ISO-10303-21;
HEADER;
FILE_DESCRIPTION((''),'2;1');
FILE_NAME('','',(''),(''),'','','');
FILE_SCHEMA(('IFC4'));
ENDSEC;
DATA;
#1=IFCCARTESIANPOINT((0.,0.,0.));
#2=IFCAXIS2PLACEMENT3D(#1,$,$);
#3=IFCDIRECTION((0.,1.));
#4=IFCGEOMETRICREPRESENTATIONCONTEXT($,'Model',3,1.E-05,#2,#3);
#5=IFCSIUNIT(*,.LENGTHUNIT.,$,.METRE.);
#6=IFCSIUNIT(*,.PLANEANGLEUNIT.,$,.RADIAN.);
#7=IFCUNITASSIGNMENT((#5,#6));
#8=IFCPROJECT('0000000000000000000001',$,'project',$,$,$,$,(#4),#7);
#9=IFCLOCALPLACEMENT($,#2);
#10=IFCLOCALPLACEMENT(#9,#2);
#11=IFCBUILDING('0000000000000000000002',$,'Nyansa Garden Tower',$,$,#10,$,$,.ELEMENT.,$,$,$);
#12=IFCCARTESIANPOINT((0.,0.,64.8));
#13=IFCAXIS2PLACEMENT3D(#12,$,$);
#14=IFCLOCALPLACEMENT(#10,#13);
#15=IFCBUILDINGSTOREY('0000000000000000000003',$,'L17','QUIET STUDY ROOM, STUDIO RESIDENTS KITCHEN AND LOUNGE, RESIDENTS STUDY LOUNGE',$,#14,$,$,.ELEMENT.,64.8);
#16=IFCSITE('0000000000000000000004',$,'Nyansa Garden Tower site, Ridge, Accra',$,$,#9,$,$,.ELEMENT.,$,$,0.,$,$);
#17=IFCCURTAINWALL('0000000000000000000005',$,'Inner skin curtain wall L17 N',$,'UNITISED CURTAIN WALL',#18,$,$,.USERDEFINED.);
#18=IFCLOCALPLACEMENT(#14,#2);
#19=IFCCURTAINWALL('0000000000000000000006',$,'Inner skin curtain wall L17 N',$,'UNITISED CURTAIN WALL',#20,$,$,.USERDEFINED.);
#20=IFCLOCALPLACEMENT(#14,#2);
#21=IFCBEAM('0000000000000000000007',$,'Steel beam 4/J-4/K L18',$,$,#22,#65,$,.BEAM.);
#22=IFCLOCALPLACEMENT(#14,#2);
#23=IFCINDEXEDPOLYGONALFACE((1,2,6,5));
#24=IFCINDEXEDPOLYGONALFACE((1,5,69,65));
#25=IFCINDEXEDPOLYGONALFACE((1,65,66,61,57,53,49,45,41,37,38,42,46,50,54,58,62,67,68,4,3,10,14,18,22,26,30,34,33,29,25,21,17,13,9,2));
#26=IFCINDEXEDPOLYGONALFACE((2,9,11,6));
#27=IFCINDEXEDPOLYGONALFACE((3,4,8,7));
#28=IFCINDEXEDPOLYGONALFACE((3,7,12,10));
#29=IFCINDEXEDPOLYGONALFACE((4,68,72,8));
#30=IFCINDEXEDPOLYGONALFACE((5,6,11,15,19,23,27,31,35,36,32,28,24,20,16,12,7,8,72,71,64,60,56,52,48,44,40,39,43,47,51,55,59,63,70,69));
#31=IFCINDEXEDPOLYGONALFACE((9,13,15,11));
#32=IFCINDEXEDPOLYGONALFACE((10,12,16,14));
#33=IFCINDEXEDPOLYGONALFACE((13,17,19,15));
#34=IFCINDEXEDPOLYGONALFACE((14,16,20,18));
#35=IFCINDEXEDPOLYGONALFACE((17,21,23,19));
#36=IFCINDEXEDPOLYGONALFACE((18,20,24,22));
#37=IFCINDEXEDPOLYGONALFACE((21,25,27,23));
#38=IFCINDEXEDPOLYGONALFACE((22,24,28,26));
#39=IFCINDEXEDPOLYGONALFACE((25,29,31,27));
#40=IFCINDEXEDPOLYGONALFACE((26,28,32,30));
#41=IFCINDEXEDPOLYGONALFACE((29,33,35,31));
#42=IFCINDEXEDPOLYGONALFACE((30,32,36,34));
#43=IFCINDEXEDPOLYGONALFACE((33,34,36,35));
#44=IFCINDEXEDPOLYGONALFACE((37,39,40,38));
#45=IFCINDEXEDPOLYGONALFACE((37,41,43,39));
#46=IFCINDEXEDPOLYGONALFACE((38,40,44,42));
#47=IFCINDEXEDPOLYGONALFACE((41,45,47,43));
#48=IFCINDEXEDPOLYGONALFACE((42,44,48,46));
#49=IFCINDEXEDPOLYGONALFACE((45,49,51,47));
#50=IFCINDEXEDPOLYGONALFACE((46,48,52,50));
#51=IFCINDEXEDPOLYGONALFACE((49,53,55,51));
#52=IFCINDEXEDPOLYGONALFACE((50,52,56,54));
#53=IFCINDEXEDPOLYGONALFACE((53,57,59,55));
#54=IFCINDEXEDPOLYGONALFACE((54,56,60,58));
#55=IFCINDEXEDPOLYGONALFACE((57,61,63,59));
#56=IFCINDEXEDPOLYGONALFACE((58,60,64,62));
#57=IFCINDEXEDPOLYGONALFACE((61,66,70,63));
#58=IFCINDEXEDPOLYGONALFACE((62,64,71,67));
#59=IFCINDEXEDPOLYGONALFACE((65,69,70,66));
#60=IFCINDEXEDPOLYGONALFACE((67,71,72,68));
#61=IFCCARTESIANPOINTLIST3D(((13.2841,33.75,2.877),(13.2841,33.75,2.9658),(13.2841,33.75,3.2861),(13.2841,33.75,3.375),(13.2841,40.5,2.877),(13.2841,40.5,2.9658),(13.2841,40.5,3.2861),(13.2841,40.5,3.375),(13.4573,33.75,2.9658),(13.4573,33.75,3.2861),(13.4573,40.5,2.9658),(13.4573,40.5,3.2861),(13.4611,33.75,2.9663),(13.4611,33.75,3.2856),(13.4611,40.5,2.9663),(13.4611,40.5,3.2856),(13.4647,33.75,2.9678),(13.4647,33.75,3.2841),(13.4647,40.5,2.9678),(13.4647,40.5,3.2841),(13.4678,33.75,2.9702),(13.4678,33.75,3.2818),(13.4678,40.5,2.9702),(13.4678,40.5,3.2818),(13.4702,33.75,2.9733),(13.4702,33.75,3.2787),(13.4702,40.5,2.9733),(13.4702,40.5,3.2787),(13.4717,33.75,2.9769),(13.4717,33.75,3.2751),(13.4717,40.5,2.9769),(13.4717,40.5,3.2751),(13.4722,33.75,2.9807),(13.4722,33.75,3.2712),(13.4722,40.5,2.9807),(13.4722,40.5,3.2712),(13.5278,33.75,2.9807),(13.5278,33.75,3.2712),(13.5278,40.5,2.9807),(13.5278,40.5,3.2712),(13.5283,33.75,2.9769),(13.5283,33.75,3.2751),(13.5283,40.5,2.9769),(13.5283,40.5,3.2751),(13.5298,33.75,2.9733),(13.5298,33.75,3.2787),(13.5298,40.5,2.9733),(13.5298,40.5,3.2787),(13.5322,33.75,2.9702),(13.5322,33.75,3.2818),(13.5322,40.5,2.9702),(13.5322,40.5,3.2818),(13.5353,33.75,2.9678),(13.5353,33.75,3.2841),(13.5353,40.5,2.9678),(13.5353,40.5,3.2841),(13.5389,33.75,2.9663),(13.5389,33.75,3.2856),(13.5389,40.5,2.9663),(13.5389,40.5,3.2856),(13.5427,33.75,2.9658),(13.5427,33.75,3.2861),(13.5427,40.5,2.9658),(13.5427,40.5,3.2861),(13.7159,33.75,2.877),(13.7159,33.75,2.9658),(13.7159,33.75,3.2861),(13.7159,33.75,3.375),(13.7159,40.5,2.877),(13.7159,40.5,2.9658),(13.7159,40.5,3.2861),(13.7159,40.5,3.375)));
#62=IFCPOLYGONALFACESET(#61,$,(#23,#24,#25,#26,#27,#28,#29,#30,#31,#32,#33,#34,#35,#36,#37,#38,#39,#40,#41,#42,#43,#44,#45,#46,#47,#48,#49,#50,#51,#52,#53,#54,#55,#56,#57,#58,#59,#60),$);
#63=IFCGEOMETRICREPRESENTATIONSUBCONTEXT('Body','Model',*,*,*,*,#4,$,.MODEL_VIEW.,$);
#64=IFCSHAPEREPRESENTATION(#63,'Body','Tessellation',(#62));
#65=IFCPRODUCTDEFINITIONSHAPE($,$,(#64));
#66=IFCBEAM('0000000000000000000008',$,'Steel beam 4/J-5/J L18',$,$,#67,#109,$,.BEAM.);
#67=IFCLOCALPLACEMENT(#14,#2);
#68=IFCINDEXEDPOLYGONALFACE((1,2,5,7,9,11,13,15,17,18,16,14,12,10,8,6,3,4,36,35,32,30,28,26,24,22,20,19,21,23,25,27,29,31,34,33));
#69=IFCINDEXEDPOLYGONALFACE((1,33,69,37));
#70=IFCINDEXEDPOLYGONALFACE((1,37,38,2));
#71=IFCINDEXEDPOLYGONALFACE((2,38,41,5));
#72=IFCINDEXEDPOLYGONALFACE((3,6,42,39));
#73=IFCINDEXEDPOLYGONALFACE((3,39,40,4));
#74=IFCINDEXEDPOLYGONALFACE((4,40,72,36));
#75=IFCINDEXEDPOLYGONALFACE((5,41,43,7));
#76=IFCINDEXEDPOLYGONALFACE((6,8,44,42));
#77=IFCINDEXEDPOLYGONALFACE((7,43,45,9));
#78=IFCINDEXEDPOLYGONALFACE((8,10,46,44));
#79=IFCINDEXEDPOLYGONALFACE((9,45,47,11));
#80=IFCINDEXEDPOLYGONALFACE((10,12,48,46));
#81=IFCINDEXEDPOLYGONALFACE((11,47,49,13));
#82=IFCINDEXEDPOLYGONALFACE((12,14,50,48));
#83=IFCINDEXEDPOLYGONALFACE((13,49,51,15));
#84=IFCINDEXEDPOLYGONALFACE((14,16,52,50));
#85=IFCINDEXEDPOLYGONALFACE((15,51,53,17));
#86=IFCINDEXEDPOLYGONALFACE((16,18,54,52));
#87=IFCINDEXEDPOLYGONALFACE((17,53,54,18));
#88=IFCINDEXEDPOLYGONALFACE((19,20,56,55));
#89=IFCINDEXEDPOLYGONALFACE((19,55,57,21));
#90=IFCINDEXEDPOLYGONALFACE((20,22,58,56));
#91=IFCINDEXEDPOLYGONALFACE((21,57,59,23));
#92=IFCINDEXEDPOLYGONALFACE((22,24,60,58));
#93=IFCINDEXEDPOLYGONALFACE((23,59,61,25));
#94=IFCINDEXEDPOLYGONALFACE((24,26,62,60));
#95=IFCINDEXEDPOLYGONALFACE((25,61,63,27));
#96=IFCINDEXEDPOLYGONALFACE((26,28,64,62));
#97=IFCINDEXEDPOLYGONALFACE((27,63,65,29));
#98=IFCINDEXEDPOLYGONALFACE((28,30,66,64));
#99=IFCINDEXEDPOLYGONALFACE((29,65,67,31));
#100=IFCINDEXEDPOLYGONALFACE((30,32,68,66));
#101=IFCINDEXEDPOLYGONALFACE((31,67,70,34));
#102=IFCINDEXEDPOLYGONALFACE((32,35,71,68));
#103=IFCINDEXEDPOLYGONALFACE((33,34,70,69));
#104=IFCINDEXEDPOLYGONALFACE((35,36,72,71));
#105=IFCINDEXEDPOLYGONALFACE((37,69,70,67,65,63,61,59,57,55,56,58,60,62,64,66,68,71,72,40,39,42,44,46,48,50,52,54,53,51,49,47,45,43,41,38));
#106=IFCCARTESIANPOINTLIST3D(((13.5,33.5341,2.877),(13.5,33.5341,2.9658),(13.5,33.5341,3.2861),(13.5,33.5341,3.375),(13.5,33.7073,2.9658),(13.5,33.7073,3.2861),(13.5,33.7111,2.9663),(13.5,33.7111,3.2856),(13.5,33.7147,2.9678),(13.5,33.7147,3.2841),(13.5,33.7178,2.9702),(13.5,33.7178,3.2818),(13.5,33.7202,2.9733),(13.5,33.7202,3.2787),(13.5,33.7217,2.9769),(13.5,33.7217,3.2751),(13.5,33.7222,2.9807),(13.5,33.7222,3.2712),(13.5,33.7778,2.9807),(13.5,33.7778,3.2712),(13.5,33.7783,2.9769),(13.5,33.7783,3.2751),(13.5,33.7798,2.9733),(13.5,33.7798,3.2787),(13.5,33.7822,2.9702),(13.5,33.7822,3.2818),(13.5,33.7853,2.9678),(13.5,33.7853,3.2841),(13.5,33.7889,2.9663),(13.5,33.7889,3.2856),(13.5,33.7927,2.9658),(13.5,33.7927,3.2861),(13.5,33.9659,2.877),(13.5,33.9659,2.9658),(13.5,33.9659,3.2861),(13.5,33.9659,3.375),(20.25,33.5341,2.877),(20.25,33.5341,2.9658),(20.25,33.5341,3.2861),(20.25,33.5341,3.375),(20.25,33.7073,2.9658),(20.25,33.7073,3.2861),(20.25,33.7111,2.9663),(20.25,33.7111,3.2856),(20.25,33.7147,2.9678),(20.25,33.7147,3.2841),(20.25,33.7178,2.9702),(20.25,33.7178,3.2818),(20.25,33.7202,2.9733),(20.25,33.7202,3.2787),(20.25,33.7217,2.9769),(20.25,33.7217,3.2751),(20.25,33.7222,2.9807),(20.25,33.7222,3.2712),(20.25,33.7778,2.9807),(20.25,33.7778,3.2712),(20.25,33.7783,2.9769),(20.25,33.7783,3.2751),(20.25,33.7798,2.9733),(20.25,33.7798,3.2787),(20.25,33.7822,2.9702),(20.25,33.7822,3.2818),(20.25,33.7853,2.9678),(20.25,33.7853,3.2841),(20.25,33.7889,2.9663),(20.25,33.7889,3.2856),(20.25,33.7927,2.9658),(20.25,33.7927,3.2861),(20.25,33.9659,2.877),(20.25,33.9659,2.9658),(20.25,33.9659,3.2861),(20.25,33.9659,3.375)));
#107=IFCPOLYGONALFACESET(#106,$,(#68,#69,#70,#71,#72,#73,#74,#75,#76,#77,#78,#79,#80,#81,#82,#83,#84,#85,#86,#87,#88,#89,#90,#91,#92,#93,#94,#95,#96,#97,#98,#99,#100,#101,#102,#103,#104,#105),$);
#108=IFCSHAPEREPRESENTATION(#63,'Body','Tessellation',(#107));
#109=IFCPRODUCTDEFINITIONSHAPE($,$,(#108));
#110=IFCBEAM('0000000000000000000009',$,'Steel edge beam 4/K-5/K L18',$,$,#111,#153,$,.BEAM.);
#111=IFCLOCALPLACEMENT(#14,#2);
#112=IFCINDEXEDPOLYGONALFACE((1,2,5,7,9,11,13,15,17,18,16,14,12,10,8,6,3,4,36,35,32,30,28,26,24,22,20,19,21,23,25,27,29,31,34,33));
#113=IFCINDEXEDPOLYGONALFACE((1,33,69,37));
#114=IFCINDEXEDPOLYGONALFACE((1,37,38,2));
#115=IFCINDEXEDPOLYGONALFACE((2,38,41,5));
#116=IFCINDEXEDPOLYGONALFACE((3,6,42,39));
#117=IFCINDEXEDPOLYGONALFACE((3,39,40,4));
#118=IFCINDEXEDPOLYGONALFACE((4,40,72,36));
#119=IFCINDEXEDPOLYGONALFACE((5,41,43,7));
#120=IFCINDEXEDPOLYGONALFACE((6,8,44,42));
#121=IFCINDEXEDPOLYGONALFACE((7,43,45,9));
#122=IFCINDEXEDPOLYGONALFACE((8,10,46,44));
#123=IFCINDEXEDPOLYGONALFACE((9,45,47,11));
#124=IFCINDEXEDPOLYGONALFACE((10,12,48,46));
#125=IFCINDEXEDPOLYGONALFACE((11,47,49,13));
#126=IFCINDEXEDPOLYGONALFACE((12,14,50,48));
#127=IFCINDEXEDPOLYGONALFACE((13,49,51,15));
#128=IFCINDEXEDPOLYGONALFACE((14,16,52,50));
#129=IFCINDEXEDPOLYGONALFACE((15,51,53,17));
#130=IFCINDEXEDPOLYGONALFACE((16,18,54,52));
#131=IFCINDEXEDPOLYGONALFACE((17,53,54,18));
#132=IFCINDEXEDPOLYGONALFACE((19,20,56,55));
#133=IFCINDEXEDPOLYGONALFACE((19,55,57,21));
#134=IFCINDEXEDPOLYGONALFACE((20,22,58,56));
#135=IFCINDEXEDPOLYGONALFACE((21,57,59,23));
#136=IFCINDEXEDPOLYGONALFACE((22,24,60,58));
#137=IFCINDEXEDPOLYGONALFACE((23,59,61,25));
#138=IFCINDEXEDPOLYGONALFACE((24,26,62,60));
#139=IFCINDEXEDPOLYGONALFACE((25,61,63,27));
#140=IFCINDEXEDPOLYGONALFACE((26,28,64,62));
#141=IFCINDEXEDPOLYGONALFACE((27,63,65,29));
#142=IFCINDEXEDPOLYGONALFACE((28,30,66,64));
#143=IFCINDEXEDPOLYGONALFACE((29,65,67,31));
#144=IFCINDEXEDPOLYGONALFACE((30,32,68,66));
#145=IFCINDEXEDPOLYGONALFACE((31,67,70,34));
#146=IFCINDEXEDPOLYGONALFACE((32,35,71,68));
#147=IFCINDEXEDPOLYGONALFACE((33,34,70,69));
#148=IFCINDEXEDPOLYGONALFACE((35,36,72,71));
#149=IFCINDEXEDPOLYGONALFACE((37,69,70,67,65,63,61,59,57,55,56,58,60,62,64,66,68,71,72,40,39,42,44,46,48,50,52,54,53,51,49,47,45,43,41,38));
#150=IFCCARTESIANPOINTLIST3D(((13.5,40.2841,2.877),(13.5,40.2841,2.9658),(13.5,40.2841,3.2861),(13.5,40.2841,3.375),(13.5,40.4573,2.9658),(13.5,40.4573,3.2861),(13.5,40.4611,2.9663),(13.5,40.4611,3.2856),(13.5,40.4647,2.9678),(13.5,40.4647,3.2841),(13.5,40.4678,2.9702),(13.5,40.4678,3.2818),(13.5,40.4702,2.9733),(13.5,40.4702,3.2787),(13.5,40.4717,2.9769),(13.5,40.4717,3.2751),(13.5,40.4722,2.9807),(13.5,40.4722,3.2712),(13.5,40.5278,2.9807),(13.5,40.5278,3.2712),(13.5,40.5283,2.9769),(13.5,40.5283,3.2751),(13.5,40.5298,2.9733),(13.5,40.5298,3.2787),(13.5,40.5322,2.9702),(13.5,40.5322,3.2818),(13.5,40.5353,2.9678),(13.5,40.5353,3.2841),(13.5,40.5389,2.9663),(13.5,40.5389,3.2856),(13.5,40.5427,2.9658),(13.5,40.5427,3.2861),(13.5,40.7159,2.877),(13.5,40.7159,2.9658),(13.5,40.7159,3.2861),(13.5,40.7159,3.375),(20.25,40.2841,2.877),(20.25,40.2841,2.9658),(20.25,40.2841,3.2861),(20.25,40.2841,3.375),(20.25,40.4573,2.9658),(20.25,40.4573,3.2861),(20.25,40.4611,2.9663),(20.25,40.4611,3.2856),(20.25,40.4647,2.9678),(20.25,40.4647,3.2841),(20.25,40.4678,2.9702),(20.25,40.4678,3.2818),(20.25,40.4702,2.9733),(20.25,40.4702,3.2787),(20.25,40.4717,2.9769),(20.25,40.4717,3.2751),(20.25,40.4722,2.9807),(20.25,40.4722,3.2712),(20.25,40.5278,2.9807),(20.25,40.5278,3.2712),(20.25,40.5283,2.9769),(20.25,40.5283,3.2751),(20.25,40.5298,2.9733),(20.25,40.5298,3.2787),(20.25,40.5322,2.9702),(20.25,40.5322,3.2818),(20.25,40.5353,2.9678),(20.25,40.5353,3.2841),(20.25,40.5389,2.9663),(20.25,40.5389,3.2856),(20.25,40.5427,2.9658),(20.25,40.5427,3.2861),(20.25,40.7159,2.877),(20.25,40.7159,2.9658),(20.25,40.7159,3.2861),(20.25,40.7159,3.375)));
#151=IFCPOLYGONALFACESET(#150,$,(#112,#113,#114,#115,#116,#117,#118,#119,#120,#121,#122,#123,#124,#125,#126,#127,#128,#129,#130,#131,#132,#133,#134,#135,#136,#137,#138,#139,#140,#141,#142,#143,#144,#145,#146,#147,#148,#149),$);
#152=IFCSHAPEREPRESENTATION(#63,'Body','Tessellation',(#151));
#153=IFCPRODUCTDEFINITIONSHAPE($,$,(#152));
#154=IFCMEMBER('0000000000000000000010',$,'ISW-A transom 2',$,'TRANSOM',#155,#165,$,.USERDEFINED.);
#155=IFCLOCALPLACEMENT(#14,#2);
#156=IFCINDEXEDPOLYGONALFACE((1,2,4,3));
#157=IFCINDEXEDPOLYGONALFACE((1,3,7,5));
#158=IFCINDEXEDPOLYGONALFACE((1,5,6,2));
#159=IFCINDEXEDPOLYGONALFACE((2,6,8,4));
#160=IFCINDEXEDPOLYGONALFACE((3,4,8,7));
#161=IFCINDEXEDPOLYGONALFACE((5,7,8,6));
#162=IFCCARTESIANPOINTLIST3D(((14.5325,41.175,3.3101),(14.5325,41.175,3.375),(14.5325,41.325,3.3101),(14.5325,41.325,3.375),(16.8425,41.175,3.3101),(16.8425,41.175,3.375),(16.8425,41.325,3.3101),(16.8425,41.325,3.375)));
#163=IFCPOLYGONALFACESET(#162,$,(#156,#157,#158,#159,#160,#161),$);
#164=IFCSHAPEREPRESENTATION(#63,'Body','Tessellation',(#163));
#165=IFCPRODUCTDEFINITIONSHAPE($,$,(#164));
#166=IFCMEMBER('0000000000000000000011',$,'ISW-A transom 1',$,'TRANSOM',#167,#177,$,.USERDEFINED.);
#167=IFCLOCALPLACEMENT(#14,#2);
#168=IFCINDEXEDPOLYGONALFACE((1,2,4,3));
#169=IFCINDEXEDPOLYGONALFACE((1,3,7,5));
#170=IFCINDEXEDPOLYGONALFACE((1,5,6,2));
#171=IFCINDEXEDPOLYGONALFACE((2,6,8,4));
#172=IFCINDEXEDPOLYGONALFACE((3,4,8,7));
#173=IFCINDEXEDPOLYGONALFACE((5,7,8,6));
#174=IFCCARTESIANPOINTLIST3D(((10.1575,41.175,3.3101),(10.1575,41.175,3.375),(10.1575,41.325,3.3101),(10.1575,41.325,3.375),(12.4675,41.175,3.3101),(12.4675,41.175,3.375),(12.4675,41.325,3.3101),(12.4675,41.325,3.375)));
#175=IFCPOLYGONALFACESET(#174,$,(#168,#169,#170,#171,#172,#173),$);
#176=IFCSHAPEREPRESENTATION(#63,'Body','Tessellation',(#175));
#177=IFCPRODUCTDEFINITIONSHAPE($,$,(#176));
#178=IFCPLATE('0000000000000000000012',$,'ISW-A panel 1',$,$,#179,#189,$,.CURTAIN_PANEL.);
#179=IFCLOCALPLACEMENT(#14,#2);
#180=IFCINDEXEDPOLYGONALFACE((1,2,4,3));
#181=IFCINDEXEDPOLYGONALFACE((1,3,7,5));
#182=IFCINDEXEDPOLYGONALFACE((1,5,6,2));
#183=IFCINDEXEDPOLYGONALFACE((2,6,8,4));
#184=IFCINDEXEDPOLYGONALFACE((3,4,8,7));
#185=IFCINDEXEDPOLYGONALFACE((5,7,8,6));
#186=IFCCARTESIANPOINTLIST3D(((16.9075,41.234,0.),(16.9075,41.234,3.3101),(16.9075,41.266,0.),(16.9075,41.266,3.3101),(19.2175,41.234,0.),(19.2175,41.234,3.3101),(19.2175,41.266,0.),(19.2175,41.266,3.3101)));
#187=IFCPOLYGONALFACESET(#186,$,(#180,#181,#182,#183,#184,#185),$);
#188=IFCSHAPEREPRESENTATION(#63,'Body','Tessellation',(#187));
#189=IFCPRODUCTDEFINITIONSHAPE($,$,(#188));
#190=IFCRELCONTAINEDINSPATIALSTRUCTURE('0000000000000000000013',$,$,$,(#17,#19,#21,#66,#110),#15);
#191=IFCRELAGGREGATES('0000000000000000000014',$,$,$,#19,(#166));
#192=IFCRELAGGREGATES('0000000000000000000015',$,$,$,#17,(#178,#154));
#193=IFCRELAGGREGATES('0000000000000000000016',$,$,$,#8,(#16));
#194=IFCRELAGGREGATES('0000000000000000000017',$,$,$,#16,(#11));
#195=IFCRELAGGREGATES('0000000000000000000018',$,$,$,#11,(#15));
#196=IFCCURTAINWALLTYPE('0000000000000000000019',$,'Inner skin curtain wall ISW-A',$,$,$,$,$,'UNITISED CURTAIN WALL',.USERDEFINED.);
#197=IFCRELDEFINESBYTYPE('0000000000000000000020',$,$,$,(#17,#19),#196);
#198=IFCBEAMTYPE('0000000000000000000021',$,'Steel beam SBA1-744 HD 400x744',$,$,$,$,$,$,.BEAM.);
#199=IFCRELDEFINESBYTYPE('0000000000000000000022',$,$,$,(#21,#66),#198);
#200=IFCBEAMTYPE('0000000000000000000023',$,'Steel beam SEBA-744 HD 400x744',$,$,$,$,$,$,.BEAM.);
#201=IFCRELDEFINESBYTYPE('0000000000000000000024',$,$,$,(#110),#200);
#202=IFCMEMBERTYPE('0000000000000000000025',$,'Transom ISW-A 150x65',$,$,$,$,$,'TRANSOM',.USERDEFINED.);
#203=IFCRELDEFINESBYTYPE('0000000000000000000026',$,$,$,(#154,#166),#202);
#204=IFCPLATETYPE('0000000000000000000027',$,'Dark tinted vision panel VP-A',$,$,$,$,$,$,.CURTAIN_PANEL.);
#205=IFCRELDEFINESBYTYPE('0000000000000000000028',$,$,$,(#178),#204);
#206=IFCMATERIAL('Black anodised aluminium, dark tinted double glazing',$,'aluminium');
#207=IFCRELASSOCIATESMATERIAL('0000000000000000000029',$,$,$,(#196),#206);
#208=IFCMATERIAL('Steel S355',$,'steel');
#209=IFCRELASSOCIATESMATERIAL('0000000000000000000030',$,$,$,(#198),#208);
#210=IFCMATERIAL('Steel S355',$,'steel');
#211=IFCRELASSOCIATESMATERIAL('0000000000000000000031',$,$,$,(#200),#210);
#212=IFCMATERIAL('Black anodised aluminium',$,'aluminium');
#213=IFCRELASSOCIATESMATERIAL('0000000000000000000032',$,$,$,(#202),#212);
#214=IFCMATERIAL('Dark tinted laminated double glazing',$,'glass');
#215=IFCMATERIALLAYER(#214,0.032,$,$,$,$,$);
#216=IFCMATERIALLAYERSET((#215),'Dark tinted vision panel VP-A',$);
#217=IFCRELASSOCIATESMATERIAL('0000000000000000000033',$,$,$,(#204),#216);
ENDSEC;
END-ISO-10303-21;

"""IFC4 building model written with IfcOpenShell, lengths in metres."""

from ifc_helpers import new_model, si_unit, direction, frame, origin, origin_2d, place, context, subcontext, project, spatial, rectangle, i_section, extrude, material, layer, layer_set, material_profile, profile_set, type_object, element, aggregate, save


model = new_model("IFC4")

# Units and contexts
model_context = context("Model", 3, precision=1e-05, world=origin(), true_north=direction((0.0, 1.0)))
body_context = subcontext(model_context, "Body", "Model", "MODEL_VIEW")
ifc_project = project(units=[si_unit("LENGTHUNIT", "METRE"), si_unit("PLANEANGLEUNIT", "RADIAN")], contexts=[model_context])

# Site, building, storey
site_placement = place(None, origin())
site = spatial("IfcSite", under=ifc_project, at=site_placement, Name="Nyansa Garden Tower site, Ridge, Accra", CompositionType="ELEMENT", RefElevation=0.0)
building_placement = place(site_placement, origin())
building = spatial("IfcBuilding", under=site, at=building_placement, Name="Nyansa Garden Tower", CompositionType="ELEMENT")
storey_placement = place(building_placement, frame((0.0, 0.0, 64.8)))
storey = spatial("IfcBuildingStorey", under=building, at=storey_placement, Name="L17", Description="QUIET STUDY ROOM, STUDIO RESIDENTS KITCHEN AND LOUNGE, RESIDENTS STUDY LOUNGE", CompositionType="ELEMENT", Elevation=64.8)

# Curtain wall
ifc_material_1 = material(Name="Black anodised aluminium, dark tinted double glazing", Category="aluminium")
curtain_wall_type = type_object("IfcCurtainWallType", Name="Inner skin curtain wall ISW-A", ElementType="UNITISED CURTAIN WALL", PredefinedType="USERDEFINED", material=ifc_material_1)
curtain_wall_1_placement = place(storey_placement, origin())
curtain_wall_1 = element("IfcCurtainWall", 1, at=curtain_wall_1_placement, inside=storey, type_object=curtain_wall_type, Name="Inner skin curtain wall L17 N", ObjectType="UNITISED CURTAIN WALL", PredefinedType="USERDEFINED")

# Curtain wall
curtain_wall_2_placement = place(storey_placement, origin())
curtain_wall_2 = element("IfcCurtainWall", 2, at=curtain_wall_2_placement, inside=storey, type_object=curtain_wall_type, Name="Inner skin curtain wall L17 N", ObjectType="UNITISED CURTAIN WALL", PredefinedType="USERDEFINED")

# Beams
ifc_material_2 = material(Name="Steel S355", Category="steel")
ifc_material_profile_1 = material_profile(ifc_material_2, i_section(OverallWidth=0.4319, OverallDepth=0.498, WebThickness=0.0557, FlangeThickness=0.0889, FilletRadius=0.0149, at=origin_2d()), Name="HD 400x744")
ifc_profile_set_1 = profile_set([ifc_material_profile_1], Name="Steel S355")
beam_type_1 = type_object("IfcBeamType", Name="Steel beam SBA1-744 HD 400x744", PredefinedType="BEAM", material=ifc_profile_set_1)
for number, where, z_axis, x_axis, name in (
    (3, (13.5, 33.75, 3.126), (0.0, 1.0, 0.0), (-1.0, 0.0, 0.0), "Steel beam 4/J-4/K L18"),
    (4, (13.5, 33.75, 3.126), (1.0, 0.0, 0.0), (0.0, 1.0, 0.0), "Steel beam 4/J-5/J L18"),
):
    element("IfcBeam", number, at=place(storey_placement, frame(where, z_axis=z_axis, x_axis=x_axis)), inside=storey, type_object=beam_type_1, Name=name, PredefinedType="BEAM", context=body_context, shape_type="SweptSolid", body=[
        extrude(i_section(OverallWidth=0.4319, OverallDepth=0.498, WebThickness=0.0557, FlangeThickness=0.0889, FilletRadius=0.0149, at=origin_2d()), origin(), (0.0, 0.0, 1.0), 6.75),
    ])
ifc_material_3 = material(Name="Steel S355", Category="steel")
ifc_material_profile_2 = material_profile(ifc_material_3, i_section(OverallWidth=0.4319, OverallDepth=0.498, WebThickness=0.0557, FlangeThickness=0.0889, FilletRadius=0.0149, at=origin_2d()), Name="HD 400x744")
ifc_profile_set_2 = profile_set([ifc_material_profile_2], Name="Steel S355")
beam_type_2 = type_object("IfcBeamType", Name="Steel beam SEBA-744 HD 400x744", PredefinedType="BEAM", material=ifc_profile_set_2)
beam_1_placement = place(storey_placement, frame((13.5, 40.5, 3.126), z_axis=(1.0, 0.0, 0.0), x_axis=(0.0, 1.0, 0.0)))
element("IfcBeam", 5, at=beam_1_placement, inside=storey, type_object=beam_type_2, Name="Steel edge beam 4/K-5/K L18", PredefinedType="BEAM", context=body_context, shape_type="SweptSolid", body=[
    extrude(i_section(OverallWidth=0.4319, OverallDepth=0.498, WebThickness=0.0557, FlangeThickness=0.0889, FilletRadius=0.0149, at=origin_2d()), origin(), (0.0, 0.0, 1.0), 6.75),
])

# Members
ifc_material_4 = material(Name="Black anodised aluminium", Category="aluminium")
ifc_material_profile_3 = material_profile(ifc_material_4, rectangle(XDim=0.1499, YDim=0.0649, at=origin_2d()), Name="Transom 150x65")
ifc_profile_set_3 = profile_set([ifc_material_profile_3], Name="Black anodised aluminium")
member_type_1 = type_object("IfcMemberType", Name="Transom ISW-A 150x65", ElementType="TRANSOM", PredefinedType="USERDEFINED", material=ifc_profile_set_3)
member_1_placement = place(storey_placement, frame((16.8425, 41.25, 3.3425), z_axis=(-1.0, 0.0, 0.0), x_axis=(0.0, -1.0, 0.0)))
member_1 = element("IfcMember", 6, at=member_1_placement, type_object=member_type_1, Name="ISW-A transom 2", ObjectType="TRANSOM", PredefinedType="USERDEFINED", context=body_context, shape_type="SweptSolid", body=[
    extrude(rectangle(XDim=0.1499, YDim=0.0649, at=origin_2d()), origin(), (0.0, 0.0, 1.0), 2.3101),
])
member_2_placement = place(storey_placement, frame((12.4675, 41.25, 3.3425), z_axis=(-1.0, 0.0, 0.0), x_axis=(0.0, -1.0, 0.0)))
member_2 = element("IfcMember", 7, at=member_2_placement, type_object=member_type_1, Name="ISW-A transom 1", ObjectType="TRANSOM", PredefinedType="USERDEFINED", context=body_context, shape_type="SweptSolid", body=[
    extrude(rectangle(XDim=0.1499, YDim=0.0649, at=origin_2d()), origin(), (0.0, 0.0, 1.0), 2.3101),
])
aggregate(curtain_wall_2, [member_2])

# Plate
ifc_material_5 = material(Name="Dark tinted laminated double glazing", Category="glass")
ifc_layer_1 = layer(ifc_material_5, 0.032)
ifc_layer_set_1 = layer_set([ifc_layer_1], Name="Dark tinted vision panel VP-A")
plate_type_1 = type_object("IfcPlateType", Name="Dark tinted vision panel VP-A", PredefinedType="CURTAIN_PANEL", material=ifc_layer_set_1)
plate_1_placement = place(storey_placement, frame((18.0625, 41.25, 0.0), z_axis=(0.0, 0.0, 1.0), x_axis=(-1.0, 0.0, 0.0)))
plate_1 = element("IfcPlate", 8, at=plate_1_placement, type_object=plate_type_1, Name="ISW-A panel 1", PredefinedType="CURTAIN_PANEL", context=body_context, shape_type="SweptSolid", body=[
    extrude(rectangle(XDim=2.3101, YDim=0.032, at=origin_2d()), origin(), (0.0, 0.0, 1.0), 3.3101),
])
aggregate(curtain_wall_1, [plate_1, member_1])

save(model, "model.ifc")
